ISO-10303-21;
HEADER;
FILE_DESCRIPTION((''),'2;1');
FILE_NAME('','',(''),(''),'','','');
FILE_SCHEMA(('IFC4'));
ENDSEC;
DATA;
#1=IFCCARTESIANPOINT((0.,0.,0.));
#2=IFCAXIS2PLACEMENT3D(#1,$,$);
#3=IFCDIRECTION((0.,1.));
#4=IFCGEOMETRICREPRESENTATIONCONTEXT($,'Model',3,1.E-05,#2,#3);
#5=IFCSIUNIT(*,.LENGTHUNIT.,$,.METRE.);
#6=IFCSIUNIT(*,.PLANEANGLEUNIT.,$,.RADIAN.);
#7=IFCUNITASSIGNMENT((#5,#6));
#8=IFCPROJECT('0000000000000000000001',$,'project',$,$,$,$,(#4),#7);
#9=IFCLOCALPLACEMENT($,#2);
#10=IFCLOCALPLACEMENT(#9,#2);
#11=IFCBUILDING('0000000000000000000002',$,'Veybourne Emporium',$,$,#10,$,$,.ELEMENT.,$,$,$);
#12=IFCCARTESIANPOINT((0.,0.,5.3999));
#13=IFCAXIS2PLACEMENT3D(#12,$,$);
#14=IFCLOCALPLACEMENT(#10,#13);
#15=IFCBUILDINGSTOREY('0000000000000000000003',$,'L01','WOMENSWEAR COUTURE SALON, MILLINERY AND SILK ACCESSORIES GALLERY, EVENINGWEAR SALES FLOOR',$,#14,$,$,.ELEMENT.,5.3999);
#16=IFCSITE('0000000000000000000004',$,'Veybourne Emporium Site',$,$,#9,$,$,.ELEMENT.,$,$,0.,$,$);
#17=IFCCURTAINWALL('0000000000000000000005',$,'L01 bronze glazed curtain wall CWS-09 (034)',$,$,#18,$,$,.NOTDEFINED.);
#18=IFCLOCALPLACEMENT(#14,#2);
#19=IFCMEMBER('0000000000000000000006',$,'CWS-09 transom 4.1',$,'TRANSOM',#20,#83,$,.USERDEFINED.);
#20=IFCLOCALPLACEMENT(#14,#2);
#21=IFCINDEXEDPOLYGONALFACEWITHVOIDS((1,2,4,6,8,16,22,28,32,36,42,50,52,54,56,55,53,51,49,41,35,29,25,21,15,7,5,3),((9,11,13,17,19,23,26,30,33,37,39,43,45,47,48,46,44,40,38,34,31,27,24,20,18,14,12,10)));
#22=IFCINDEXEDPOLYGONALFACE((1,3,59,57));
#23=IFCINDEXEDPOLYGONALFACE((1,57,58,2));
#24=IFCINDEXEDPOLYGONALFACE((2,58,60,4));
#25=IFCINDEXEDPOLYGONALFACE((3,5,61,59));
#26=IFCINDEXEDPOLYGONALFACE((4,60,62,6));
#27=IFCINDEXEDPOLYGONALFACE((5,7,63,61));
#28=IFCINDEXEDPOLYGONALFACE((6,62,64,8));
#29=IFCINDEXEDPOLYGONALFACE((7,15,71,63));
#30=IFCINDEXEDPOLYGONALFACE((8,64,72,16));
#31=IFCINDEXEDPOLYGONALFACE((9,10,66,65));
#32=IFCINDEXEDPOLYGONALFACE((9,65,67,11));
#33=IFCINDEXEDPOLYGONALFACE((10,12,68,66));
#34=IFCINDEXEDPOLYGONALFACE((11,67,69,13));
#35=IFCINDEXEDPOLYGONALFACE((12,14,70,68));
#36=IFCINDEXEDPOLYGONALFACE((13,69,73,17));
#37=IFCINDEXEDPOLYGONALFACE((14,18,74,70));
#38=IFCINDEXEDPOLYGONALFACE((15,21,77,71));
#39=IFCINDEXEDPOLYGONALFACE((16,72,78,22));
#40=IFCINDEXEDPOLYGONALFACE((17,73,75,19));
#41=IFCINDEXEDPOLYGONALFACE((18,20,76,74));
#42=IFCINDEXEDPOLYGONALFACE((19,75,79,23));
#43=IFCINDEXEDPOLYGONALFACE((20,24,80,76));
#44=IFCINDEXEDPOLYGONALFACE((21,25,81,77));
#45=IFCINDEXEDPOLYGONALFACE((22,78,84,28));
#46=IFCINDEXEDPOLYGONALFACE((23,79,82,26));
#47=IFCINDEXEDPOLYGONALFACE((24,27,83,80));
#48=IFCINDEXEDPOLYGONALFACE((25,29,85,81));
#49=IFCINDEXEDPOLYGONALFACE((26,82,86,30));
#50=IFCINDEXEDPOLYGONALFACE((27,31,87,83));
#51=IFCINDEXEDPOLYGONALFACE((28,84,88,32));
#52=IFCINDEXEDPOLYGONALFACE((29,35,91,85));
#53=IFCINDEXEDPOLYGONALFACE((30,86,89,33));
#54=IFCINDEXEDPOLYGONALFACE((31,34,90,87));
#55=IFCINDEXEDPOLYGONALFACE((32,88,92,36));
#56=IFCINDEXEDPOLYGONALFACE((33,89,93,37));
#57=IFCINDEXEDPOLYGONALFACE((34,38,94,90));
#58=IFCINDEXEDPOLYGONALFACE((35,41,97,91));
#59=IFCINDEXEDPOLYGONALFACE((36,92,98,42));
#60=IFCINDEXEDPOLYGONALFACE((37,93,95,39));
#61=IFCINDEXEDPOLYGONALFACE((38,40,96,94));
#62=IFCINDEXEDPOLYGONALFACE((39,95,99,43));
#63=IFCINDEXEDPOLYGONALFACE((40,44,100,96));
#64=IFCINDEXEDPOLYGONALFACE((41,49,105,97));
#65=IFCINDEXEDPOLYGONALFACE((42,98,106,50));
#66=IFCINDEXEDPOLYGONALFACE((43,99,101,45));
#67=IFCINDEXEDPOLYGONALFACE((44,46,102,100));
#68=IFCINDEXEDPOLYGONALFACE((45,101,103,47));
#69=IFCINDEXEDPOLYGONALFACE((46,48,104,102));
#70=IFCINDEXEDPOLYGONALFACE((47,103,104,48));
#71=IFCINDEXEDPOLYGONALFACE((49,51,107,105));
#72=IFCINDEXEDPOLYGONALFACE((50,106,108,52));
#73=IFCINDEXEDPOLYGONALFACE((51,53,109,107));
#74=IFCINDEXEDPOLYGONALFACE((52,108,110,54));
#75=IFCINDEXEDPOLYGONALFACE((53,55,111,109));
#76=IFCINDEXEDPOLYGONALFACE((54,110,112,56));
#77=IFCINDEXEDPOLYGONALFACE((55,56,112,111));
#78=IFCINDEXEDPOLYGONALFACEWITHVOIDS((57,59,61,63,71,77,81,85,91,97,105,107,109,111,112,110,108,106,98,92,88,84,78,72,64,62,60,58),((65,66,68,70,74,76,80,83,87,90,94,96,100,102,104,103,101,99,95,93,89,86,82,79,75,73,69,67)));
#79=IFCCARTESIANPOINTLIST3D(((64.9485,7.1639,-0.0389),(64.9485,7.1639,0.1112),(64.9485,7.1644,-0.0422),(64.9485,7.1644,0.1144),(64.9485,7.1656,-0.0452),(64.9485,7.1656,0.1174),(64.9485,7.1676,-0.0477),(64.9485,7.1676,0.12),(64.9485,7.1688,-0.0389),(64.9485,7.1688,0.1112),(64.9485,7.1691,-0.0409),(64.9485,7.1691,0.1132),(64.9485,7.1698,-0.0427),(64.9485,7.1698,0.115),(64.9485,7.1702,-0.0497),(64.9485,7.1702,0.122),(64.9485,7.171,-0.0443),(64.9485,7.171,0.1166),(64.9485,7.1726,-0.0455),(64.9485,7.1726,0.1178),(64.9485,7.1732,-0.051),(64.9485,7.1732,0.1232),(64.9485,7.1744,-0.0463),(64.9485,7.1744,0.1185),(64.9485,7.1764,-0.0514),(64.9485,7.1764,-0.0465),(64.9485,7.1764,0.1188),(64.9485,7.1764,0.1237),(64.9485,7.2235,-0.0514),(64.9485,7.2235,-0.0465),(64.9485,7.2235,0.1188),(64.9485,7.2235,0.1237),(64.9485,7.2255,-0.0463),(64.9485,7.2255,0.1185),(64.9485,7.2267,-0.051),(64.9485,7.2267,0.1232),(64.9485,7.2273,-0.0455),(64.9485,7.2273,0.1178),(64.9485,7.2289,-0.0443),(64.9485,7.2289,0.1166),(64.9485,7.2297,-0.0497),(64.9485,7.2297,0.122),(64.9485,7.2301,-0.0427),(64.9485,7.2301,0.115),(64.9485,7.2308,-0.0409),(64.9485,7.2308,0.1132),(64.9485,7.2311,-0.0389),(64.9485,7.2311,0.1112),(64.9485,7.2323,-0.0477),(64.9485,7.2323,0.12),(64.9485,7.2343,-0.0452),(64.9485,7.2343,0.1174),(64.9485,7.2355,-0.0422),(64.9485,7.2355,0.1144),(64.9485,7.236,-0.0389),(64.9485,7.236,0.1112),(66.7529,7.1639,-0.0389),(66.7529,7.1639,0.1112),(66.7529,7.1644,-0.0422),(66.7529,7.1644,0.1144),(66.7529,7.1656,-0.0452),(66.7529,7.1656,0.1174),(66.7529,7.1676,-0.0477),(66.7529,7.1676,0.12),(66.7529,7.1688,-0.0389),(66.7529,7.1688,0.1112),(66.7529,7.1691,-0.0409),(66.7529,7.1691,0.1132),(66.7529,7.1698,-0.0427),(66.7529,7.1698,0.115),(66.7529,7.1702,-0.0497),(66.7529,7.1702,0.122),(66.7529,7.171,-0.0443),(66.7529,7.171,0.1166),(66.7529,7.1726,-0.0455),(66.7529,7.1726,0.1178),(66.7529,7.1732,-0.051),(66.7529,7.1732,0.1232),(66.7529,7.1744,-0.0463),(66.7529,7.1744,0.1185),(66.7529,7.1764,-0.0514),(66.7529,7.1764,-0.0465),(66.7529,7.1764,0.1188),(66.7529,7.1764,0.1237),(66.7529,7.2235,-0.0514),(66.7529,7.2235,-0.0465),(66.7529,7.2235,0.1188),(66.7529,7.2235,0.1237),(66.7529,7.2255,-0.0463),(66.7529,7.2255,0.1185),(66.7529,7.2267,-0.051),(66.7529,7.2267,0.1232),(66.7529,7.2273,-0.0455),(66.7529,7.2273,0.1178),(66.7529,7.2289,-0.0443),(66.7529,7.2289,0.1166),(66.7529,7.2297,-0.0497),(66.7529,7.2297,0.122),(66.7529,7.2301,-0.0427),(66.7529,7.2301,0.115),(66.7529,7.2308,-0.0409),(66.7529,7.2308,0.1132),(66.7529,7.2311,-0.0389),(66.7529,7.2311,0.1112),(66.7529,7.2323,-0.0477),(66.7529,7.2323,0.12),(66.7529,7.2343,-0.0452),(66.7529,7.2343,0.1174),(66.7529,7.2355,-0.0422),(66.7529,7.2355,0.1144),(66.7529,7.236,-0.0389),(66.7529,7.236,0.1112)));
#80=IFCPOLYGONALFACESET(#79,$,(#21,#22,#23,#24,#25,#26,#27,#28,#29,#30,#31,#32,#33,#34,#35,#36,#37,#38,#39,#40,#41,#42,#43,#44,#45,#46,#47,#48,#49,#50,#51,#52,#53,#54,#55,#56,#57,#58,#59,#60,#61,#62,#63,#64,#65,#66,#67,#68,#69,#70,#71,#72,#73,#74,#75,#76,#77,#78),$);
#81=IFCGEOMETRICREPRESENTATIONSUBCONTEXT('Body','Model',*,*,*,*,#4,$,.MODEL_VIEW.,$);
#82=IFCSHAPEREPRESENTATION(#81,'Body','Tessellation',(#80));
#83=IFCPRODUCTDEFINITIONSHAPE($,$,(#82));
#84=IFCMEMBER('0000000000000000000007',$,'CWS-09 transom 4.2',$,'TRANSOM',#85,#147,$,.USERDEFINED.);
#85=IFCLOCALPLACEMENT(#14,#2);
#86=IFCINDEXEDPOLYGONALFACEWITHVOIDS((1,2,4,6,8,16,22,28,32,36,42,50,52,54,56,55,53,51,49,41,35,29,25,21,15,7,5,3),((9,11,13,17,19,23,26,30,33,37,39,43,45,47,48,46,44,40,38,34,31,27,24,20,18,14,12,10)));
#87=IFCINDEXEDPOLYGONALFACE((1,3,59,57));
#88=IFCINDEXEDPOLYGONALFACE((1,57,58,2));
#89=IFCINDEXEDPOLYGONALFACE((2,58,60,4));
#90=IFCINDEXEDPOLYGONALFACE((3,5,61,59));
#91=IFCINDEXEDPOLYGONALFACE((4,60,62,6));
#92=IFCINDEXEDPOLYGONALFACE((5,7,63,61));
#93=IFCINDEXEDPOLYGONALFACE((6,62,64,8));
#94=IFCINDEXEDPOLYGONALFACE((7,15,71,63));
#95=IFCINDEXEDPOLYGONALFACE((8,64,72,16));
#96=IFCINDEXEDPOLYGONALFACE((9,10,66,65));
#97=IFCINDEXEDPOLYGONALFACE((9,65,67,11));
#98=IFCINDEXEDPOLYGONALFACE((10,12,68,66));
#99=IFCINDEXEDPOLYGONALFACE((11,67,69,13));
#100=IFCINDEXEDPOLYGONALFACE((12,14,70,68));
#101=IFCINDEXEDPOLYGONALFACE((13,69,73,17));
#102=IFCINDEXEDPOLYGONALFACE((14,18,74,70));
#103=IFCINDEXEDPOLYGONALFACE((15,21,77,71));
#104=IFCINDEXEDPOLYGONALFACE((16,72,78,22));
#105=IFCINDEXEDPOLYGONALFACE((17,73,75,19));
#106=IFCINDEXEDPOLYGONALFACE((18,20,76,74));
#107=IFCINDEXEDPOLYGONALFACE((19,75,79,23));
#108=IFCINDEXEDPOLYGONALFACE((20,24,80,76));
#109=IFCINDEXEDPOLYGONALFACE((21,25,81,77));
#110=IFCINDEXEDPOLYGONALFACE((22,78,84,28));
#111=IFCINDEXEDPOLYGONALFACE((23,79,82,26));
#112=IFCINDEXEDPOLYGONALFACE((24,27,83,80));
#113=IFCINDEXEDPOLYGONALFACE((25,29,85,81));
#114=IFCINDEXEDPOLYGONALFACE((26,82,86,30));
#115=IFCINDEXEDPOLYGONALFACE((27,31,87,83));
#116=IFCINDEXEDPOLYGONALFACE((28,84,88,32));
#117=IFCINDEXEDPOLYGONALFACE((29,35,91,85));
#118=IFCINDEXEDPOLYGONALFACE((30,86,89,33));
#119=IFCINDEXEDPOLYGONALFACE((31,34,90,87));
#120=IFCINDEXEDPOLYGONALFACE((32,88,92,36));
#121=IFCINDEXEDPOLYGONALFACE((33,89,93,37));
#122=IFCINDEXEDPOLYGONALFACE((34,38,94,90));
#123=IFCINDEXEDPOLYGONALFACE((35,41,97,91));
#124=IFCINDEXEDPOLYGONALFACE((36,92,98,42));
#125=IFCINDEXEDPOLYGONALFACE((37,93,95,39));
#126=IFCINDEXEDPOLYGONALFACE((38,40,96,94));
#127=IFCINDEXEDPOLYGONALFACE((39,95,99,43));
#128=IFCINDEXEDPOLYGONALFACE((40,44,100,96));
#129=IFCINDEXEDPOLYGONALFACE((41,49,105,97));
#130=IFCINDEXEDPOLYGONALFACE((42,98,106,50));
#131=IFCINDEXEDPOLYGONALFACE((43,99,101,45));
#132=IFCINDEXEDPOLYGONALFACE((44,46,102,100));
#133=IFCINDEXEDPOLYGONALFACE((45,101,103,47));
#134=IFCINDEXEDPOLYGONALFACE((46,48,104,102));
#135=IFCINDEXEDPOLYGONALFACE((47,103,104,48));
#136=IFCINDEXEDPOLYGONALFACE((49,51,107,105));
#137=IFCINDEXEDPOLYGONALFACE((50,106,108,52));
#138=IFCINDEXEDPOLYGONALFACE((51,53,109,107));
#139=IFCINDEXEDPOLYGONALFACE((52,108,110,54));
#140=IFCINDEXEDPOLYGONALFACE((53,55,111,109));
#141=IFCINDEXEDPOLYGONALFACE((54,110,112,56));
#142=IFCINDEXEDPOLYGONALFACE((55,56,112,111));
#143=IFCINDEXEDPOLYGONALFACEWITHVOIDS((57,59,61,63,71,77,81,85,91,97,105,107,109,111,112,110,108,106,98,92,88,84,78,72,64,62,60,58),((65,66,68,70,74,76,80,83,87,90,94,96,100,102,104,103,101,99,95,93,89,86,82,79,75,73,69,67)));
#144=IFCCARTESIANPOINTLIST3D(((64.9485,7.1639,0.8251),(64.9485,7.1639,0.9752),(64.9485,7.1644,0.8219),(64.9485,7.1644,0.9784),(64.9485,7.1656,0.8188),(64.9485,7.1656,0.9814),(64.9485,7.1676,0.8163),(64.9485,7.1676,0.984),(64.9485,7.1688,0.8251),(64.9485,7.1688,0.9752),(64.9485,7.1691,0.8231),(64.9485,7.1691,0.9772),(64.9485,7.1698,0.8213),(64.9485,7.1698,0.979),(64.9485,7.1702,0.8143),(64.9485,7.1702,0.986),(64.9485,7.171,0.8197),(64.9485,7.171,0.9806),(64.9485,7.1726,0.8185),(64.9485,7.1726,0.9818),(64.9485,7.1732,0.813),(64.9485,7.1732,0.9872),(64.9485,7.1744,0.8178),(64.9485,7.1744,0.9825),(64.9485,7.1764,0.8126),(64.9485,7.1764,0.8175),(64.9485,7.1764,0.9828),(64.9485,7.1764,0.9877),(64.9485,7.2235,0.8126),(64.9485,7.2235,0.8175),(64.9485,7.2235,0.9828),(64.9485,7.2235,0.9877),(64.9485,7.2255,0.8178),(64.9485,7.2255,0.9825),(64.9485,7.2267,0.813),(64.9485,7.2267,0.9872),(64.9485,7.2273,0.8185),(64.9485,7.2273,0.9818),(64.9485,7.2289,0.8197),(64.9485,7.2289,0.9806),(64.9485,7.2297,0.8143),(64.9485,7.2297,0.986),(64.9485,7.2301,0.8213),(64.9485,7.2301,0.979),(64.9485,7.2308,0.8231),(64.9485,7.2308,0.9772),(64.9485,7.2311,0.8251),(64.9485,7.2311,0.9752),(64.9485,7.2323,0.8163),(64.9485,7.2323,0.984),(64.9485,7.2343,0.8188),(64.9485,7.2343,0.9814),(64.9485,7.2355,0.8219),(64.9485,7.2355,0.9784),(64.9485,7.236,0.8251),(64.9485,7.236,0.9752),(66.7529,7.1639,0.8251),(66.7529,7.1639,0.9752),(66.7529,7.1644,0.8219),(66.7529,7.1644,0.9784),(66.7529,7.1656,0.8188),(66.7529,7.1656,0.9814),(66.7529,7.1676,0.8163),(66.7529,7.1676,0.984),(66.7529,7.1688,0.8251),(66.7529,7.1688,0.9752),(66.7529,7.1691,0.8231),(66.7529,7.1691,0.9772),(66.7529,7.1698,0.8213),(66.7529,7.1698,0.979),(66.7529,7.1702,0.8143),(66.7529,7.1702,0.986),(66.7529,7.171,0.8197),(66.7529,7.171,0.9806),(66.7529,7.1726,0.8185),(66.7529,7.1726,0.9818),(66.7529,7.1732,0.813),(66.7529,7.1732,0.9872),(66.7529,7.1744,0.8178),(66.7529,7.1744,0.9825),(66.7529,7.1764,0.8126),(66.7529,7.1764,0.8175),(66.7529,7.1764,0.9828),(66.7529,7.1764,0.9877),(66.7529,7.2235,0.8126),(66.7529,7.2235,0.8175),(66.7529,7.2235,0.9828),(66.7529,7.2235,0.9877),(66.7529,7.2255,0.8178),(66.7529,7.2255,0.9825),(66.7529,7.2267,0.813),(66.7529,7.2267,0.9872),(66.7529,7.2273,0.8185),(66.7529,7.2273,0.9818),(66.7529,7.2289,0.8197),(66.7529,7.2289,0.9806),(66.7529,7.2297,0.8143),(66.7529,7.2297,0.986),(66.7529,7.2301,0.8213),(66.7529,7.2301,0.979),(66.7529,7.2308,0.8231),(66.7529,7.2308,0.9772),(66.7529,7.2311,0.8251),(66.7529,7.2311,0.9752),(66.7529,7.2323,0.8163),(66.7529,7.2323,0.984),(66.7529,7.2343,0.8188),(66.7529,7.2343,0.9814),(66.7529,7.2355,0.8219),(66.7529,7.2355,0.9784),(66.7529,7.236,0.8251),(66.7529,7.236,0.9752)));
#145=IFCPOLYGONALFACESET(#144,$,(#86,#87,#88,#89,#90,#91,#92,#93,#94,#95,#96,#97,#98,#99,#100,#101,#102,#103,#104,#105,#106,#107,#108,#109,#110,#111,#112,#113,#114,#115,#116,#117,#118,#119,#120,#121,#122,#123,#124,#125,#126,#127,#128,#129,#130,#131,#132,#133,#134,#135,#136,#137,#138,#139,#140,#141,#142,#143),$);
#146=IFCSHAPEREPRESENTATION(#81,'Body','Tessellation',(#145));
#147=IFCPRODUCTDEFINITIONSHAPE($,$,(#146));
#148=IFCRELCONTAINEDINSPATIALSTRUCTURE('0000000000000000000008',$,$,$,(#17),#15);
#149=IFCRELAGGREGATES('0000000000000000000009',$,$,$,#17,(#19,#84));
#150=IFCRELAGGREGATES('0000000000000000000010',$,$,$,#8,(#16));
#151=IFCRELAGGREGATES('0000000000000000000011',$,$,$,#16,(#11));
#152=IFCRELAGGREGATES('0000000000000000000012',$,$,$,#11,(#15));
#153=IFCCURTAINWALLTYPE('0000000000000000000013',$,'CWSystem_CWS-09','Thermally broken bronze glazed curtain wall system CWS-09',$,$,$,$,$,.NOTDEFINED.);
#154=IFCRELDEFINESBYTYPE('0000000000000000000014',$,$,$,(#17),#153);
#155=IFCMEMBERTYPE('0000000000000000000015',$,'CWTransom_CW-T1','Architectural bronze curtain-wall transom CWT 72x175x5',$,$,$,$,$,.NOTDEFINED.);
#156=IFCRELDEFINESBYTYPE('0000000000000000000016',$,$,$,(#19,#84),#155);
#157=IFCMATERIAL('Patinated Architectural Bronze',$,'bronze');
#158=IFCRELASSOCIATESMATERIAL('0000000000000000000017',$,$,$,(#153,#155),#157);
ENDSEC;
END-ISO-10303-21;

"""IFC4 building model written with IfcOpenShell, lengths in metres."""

from ifc_helpers import new_model, si_unit, direction, frame, origin, origin_2d, place, context, subcontext, project, spatial, hollow_rectangle, extrude, material, material_profile, profile_set, type_object, element, aggregate, save


model = new_model("IFC4")

# Units and contexts
model_context = context("Model", 3, precision=1e-05, world=origin(), true_north=direction((0.0, 1.0)))
body_context = subcontext(model_context, "Body", "Model", "MODEL_VIEW")
ifc_project = project(units=[si_unit("LENGTHUNIT", "METRE"), si_unit("PLANEANGLEUNIT", "RADIAN")], contexts=[model_context])

# Site, building, storey
site_placement = place(None, origin())
site = spatial("IfcSite", under=ifc_project, at=site_placement, Name="Veybourne Emporium Site", CompositionType="ELEMENT", RefElevation=0.0)
building_placement = place(site_placement, origin())
building = spatial("IfcBuilding", under=site, at=building_placement, Name="Veybourne Emporium", CompositionType="ELEMENT")
storey_placement = place(building_placement, frame((0.0, 0.0, 5.3999)))
storey = spatial("IfcBuildingStorey", under=building, at=storey_placement, Name="L01", Description="WOMENSWEAR COUTURE SALON, MILLINERY AND SILK ACCESSORIES GALLERY, EVENINGWEAR SALES FLOOR", CompositionType="ELEMENT", Elevation=5.3999)

# Curtain wall
ifc_material_1 = material(Name="Patinated Architectural Bronze", Category="bronze")
curtain_wall_type_1 = type_object("IfcCurtainWallType", Name="CWSystem_CWS-09", Description="Thermally broken bronze glazed curtain wall system CWS-09", PredefinedType="NOTDEFINED", material=ifc_material_1)
curtain_wall_1_placement = place(storey_placement, origin())
curtain_wall_1 = element("IfcCurtainWall", 1, at=curtain_wall_1_placement, inside=storey, type_object=curtain_wall_type_1, Name="L01 bronze glazed curtain wall CWS-09 (034)", PredefinedType="NOTDEFINED")

# Members
ifc_material_profile_1 = material_profile(ifc_material_1, hollow_rectangle(XDim=0.072, YDim=0.175, WallThickness=0.0049, InnerFilletRadius=0.0076, OuterFilletRadius=0.0125, at=origin_2d()), Name="CWT 72x175x5")
ifc_profile_set_1 = profile_set([ifc_material_profile_1], Name="Patinated Architectural Bronze")
member_type_1 = type_object("IfcMemberType", Name="CWTransom_CW-T1", Description="Architectural bronze curtain-wall transom CWT 72x175x5", PredefinedType="NOTDEFINED", material=ifc_profile_set_1)
member_1_placement = place(storey_placement, frame((64.9485, 7.2, 0.0361), z_axis=(1.0, 0.0, 0.0), x_axis=(0.0, 1.0, 0.0)))
member_1 = element("IfcMember", 2, at=member_1_placement, type_object=member_type_1, Name="CWS-09 transom 4.1", ObjectType="TRANSOM", PredefinedType="USERDEFINED", context=body_context, shape_type="SweptSolid", body=[
    extrude(hollow_rectangle(XDim=0.072, YDim=0.175, WallThickness=0.0049, InnerFilletRadius=0.0076, OuterFilletRadius=0.0125, at=origin_2d()), origin(), (0.0, 0.0, 1.0), 1.8044),
])
member_2_placement = place(storey_placement, frame((64.9485, 7.2, 0.9001), z_axis=(1.0, 0.0, 0.0), x_axis=(0.0, 1.0, 0.0)))
member_2 = element("IfcMember", 3, at=member_2_placement, type_object=member_type_1, Name="CWS-09 transom 4.2", ObjectType="TRANSOM", PredefinedType="USERDEFINED", context=body_context, shape_type="SweptSolid", body=[
    extrude(hollow_rectangle(XDim=0.072, YDim=0.175, WallThickness=0.0049, InnerFilletRadius=0.0076, OuterFilletRadius=0.0125, at=origin_2d()), origin(), (0.0, 0.0, 1.0), 1.8044),
])

aggregate(curtain_wall_1, [member_1, member_2])

save(model, "model.ifc")
